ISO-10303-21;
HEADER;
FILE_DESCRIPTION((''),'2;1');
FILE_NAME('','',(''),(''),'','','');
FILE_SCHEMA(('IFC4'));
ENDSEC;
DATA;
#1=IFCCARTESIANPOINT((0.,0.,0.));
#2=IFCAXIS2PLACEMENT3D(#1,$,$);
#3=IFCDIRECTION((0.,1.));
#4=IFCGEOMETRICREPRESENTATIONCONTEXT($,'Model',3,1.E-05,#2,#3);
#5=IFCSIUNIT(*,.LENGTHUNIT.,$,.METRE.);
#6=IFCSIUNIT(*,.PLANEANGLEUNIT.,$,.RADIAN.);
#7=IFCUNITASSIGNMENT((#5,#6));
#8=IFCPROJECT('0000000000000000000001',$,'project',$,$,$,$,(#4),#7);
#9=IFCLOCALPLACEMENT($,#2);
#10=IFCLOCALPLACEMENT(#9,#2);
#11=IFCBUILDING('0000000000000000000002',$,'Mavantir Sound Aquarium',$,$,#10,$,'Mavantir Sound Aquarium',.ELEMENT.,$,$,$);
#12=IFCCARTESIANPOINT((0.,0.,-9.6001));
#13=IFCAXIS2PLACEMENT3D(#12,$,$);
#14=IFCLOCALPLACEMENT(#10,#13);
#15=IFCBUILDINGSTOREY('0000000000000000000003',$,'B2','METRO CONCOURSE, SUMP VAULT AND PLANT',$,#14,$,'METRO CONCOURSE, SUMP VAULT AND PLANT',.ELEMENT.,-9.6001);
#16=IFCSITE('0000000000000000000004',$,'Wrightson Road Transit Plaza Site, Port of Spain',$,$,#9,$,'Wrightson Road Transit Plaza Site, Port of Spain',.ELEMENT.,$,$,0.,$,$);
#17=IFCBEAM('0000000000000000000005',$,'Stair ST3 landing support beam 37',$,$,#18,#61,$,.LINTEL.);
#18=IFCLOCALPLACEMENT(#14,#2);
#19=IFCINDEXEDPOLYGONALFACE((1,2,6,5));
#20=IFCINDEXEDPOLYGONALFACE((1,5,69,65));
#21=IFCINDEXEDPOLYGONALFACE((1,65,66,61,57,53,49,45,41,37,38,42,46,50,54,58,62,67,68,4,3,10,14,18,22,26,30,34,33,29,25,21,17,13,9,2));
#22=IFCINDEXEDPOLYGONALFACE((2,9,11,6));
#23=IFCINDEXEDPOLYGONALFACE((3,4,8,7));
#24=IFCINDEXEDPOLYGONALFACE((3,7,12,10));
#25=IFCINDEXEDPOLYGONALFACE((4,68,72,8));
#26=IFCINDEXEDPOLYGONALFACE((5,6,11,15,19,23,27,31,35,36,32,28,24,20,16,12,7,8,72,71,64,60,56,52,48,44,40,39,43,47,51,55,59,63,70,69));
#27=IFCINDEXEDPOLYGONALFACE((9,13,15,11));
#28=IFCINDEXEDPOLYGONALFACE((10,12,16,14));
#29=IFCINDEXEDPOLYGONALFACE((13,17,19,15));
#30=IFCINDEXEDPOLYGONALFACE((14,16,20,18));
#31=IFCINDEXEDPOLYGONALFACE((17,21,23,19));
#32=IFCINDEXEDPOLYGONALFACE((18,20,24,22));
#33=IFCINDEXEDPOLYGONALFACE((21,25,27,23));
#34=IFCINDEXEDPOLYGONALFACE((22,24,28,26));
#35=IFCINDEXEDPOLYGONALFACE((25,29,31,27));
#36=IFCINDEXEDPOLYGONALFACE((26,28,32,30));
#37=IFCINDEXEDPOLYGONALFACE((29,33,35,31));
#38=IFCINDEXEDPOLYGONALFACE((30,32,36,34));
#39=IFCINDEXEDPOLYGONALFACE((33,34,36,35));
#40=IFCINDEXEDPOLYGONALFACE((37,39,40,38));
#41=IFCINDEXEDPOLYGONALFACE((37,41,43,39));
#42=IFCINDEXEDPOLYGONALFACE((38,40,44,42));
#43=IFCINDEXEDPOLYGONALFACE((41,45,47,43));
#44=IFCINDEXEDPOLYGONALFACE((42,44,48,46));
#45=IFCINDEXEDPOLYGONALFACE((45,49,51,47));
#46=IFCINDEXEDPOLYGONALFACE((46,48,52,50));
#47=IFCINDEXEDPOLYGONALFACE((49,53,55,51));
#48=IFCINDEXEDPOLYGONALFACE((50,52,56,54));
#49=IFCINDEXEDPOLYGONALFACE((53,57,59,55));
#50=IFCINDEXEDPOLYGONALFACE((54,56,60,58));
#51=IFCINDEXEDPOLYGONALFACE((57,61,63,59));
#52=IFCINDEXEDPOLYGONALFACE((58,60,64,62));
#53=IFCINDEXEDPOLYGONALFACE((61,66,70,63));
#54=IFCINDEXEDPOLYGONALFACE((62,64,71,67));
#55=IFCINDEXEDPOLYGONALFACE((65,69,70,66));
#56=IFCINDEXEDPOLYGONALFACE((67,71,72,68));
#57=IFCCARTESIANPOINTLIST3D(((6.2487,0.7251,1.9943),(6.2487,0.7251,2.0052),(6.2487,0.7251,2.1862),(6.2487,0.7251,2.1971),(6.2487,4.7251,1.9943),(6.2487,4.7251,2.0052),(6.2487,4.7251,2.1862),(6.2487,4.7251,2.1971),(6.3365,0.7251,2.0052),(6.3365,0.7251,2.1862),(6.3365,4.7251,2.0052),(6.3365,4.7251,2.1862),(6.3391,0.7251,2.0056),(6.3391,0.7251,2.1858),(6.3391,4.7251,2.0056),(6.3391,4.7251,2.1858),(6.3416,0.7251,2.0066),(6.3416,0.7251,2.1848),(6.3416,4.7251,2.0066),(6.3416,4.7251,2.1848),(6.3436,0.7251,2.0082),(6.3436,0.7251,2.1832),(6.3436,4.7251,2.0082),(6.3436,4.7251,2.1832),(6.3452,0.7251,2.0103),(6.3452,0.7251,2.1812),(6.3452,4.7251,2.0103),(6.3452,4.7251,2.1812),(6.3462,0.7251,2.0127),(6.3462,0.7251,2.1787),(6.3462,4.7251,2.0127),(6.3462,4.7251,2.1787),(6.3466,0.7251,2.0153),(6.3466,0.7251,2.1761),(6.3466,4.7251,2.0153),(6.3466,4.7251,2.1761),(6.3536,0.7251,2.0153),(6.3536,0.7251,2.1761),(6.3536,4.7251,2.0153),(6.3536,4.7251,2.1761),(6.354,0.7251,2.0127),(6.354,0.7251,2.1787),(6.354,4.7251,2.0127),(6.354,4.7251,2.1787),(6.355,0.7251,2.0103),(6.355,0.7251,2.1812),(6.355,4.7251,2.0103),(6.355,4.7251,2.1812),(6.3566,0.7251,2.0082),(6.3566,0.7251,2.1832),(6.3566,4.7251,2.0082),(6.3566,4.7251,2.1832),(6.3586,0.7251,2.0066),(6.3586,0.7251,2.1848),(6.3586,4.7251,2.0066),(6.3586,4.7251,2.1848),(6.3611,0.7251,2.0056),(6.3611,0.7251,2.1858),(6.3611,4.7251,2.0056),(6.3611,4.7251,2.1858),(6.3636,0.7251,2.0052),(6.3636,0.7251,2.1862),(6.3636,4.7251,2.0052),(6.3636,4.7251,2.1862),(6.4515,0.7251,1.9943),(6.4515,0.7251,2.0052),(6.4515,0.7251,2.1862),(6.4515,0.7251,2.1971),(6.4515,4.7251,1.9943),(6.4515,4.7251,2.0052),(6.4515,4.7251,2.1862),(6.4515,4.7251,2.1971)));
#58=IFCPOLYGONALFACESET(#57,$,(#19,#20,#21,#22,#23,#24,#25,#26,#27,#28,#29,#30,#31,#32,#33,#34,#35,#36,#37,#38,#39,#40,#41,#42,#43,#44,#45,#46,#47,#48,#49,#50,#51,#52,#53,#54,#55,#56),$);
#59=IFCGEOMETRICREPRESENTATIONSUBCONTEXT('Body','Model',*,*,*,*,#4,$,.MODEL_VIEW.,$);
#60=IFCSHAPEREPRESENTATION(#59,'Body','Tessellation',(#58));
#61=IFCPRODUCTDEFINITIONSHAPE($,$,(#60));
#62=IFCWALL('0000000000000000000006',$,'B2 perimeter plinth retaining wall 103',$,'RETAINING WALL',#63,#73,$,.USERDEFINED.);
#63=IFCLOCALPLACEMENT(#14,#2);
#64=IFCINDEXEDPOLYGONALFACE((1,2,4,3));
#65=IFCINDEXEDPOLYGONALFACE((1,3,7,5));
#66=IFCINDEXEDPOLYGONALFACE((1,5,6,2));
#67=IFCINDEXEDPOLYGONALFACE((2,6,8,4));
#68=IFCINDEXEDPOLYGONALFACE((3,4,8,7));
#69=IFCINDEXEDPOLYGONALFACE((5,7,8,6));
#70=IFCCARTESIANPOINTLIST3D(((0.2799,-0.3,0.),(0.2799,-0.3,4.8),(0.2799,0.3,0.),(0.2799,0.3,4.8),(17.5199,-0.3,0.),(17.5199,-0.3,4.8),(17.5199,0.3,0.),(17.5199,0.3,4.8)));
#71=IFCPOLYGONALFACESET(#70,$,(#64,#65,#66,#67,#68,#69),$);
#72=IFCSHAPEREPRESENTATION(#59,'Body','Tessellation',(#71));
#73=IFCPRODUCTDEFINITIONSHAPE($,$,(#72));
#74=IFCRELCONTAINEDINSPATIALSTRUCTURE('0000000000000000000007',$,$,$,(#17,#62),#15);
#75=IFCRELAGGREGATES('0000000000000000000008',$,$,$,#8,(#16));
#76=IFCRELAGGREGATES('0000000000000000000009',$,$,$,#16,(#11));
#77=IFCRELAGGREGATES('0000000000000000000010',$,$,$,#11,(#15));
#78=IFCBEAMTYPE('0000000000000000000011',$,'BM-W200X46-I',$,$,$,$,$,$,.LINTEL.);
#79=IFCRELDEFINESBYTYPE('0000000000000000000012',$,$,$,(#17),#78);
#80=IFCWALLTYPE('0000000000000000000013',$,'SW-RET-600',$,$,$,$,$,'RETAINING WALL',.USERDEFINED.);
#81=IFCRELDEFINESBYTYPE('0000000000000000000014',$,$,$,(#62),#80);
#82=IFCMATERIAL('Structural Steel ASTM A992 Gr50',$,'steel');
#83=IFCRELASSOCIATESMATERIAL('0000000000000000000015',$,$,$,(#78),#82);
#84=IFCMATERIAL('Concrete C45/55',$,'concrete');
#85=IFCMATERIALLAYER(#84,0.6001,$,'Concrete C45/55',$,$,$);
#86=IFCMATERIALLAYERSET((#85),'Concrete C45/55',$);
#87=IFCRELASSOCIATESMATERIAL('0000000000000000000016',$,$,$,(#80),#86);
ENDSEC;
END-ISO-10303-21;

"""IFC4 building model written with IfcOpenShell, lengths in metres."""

from ifc_helpers import new_model, si_unit, direction, frame, frame_2d, origin, origin_2d, place, context, subcontext, project, spatial, rectangle, i_section, extrude, material, layer, layer_set, material_profile, profile_set, type_object, element, save


model = new_model("IFC4")

# Units and contexts
model_context = context("Model", 3, precision=1e-05, world=origin(), true_north=direction((0.0, 1.0)))
body_context = subcontext(model_context, "Body", "Model", "MODEL_VIEW")
ifc_project = project(units=[si_unit("LENGTHUNIT", "METRE"), si_unit("PLANEANGLEUNIT", "RADIAN")], contexts=[model_context])

# Site, building, storey
site_placement = place(None, origin())
site = spatial("IfcSite", under=ifc_project, at=site_placement, Name="Wrightson Road Transit Plaza Site, Port of Spain", LongName="Wrightson Road Transit Plaza Site, Port of Spain", CompositionType="ELEMENT", RefElevation=0.0)
building_placement = place(site_placement, origin())
building = spatial("IfcBuilding", under=site, at=building_placement, Name="Mavantir Sound Aquarium", LongName="Mavantir Sound Aquarium", CompositionType="ELEMENT")
storey_placement = place(building_placement, frame((0.0, 0.0, -9.6001)))
storey = spatial("IfcBuildingStorey", under=building, at=storey_placement, Name="B2", Description="METRO CONCOURSE, SUMP VAULT AND PLANT", LongName="METRO CONCOURSE, SUMP VAULT AND PLANT", CompositionType="ELEMENT", Elevation=-9.6001)

# Beam
ifc_material_1 = material(Name="Structural Steel ASTM A992 Gr50", Category="steel")
ifc_material_profile_1 = material_profile(ifc_material_1, i_section(OverallWidth=0.2029, OverallDepth=0.2029, WebThickness=0.0071, FlangeThickness=0.011, FilletRadius=0.01, at=origin_2d()), Name="W200X46")
ifc_profile_set_1 = profile_set([ifc_material_profile_1], Name="Structural Steel ASTM A992 Gr50")
beam_type_1 = type_object("IfcBeamType", Name="BM-W200X46-I", PredefinedType="LINTEL", material=ifc_profile_set_1)
beam_1_placement = place(storey_placement, frame((6.3501, 0.7251, 2.0957), z_axis=(0.0, 1.0, 0.0), x_axis=(-1.0, 0.0, 0.0)))
element("IfcBeam", 1, at=beam_1_placement, inside=storey, type_object=beam_type_1, Name="Stair ST3 landing support beam 37", PredefinedType="LINTEL", context=body_context, shape_type="SweptSolid", body=[
    extrude(i_section(OverallWidth=0.2029, OverallDepth=0.2029, WebThickness=0.0071, FlangeThickness=0.011, FilletRadius=0.01, at=origin_2d()), origin(), (0.0, 0.0, 1.0), 4.0),
])

# Wall
ifc_material_2 = material(Name="Concrete C45/55", Category="concrete")
ifc_layer = layer(ifc_material_2, 0.6001, Name="Concrete C45/55")
ifc_layer_set = layer_set([ifc_layer], Name="Concrete C45/55")
wall_type = type_object("IfcWallType", Name="SW-RET-600", ElementType="RETAINING WALL", PredefinedType="USERDEFINED", material=ifc_layer_set)
wall_placement = place(storey_placement, frame((17.52, 0.0, 0.0), z_axis=(0.0, 0.0, 1.0), x_axis=(-1.0, 0.0, 0.0)))
element("IfcWall", 2, at=wall_placement, inside=storey, type_object=wall_type, Name="B2 perimeter plinth retaining wall 103", ObjectType="RETAINING WALL", PredefinedType="USERDEFINED", context=body_context, shape_type="SweptSolid", body=[
    extrude(rectangle(XDim=17.24, YDim=0.6001, at=frame_2d((8.6201, 0.0))), origin(), (0.0, 0.0, 1.0), 4.8),
])

save(model, "model.ifc")
